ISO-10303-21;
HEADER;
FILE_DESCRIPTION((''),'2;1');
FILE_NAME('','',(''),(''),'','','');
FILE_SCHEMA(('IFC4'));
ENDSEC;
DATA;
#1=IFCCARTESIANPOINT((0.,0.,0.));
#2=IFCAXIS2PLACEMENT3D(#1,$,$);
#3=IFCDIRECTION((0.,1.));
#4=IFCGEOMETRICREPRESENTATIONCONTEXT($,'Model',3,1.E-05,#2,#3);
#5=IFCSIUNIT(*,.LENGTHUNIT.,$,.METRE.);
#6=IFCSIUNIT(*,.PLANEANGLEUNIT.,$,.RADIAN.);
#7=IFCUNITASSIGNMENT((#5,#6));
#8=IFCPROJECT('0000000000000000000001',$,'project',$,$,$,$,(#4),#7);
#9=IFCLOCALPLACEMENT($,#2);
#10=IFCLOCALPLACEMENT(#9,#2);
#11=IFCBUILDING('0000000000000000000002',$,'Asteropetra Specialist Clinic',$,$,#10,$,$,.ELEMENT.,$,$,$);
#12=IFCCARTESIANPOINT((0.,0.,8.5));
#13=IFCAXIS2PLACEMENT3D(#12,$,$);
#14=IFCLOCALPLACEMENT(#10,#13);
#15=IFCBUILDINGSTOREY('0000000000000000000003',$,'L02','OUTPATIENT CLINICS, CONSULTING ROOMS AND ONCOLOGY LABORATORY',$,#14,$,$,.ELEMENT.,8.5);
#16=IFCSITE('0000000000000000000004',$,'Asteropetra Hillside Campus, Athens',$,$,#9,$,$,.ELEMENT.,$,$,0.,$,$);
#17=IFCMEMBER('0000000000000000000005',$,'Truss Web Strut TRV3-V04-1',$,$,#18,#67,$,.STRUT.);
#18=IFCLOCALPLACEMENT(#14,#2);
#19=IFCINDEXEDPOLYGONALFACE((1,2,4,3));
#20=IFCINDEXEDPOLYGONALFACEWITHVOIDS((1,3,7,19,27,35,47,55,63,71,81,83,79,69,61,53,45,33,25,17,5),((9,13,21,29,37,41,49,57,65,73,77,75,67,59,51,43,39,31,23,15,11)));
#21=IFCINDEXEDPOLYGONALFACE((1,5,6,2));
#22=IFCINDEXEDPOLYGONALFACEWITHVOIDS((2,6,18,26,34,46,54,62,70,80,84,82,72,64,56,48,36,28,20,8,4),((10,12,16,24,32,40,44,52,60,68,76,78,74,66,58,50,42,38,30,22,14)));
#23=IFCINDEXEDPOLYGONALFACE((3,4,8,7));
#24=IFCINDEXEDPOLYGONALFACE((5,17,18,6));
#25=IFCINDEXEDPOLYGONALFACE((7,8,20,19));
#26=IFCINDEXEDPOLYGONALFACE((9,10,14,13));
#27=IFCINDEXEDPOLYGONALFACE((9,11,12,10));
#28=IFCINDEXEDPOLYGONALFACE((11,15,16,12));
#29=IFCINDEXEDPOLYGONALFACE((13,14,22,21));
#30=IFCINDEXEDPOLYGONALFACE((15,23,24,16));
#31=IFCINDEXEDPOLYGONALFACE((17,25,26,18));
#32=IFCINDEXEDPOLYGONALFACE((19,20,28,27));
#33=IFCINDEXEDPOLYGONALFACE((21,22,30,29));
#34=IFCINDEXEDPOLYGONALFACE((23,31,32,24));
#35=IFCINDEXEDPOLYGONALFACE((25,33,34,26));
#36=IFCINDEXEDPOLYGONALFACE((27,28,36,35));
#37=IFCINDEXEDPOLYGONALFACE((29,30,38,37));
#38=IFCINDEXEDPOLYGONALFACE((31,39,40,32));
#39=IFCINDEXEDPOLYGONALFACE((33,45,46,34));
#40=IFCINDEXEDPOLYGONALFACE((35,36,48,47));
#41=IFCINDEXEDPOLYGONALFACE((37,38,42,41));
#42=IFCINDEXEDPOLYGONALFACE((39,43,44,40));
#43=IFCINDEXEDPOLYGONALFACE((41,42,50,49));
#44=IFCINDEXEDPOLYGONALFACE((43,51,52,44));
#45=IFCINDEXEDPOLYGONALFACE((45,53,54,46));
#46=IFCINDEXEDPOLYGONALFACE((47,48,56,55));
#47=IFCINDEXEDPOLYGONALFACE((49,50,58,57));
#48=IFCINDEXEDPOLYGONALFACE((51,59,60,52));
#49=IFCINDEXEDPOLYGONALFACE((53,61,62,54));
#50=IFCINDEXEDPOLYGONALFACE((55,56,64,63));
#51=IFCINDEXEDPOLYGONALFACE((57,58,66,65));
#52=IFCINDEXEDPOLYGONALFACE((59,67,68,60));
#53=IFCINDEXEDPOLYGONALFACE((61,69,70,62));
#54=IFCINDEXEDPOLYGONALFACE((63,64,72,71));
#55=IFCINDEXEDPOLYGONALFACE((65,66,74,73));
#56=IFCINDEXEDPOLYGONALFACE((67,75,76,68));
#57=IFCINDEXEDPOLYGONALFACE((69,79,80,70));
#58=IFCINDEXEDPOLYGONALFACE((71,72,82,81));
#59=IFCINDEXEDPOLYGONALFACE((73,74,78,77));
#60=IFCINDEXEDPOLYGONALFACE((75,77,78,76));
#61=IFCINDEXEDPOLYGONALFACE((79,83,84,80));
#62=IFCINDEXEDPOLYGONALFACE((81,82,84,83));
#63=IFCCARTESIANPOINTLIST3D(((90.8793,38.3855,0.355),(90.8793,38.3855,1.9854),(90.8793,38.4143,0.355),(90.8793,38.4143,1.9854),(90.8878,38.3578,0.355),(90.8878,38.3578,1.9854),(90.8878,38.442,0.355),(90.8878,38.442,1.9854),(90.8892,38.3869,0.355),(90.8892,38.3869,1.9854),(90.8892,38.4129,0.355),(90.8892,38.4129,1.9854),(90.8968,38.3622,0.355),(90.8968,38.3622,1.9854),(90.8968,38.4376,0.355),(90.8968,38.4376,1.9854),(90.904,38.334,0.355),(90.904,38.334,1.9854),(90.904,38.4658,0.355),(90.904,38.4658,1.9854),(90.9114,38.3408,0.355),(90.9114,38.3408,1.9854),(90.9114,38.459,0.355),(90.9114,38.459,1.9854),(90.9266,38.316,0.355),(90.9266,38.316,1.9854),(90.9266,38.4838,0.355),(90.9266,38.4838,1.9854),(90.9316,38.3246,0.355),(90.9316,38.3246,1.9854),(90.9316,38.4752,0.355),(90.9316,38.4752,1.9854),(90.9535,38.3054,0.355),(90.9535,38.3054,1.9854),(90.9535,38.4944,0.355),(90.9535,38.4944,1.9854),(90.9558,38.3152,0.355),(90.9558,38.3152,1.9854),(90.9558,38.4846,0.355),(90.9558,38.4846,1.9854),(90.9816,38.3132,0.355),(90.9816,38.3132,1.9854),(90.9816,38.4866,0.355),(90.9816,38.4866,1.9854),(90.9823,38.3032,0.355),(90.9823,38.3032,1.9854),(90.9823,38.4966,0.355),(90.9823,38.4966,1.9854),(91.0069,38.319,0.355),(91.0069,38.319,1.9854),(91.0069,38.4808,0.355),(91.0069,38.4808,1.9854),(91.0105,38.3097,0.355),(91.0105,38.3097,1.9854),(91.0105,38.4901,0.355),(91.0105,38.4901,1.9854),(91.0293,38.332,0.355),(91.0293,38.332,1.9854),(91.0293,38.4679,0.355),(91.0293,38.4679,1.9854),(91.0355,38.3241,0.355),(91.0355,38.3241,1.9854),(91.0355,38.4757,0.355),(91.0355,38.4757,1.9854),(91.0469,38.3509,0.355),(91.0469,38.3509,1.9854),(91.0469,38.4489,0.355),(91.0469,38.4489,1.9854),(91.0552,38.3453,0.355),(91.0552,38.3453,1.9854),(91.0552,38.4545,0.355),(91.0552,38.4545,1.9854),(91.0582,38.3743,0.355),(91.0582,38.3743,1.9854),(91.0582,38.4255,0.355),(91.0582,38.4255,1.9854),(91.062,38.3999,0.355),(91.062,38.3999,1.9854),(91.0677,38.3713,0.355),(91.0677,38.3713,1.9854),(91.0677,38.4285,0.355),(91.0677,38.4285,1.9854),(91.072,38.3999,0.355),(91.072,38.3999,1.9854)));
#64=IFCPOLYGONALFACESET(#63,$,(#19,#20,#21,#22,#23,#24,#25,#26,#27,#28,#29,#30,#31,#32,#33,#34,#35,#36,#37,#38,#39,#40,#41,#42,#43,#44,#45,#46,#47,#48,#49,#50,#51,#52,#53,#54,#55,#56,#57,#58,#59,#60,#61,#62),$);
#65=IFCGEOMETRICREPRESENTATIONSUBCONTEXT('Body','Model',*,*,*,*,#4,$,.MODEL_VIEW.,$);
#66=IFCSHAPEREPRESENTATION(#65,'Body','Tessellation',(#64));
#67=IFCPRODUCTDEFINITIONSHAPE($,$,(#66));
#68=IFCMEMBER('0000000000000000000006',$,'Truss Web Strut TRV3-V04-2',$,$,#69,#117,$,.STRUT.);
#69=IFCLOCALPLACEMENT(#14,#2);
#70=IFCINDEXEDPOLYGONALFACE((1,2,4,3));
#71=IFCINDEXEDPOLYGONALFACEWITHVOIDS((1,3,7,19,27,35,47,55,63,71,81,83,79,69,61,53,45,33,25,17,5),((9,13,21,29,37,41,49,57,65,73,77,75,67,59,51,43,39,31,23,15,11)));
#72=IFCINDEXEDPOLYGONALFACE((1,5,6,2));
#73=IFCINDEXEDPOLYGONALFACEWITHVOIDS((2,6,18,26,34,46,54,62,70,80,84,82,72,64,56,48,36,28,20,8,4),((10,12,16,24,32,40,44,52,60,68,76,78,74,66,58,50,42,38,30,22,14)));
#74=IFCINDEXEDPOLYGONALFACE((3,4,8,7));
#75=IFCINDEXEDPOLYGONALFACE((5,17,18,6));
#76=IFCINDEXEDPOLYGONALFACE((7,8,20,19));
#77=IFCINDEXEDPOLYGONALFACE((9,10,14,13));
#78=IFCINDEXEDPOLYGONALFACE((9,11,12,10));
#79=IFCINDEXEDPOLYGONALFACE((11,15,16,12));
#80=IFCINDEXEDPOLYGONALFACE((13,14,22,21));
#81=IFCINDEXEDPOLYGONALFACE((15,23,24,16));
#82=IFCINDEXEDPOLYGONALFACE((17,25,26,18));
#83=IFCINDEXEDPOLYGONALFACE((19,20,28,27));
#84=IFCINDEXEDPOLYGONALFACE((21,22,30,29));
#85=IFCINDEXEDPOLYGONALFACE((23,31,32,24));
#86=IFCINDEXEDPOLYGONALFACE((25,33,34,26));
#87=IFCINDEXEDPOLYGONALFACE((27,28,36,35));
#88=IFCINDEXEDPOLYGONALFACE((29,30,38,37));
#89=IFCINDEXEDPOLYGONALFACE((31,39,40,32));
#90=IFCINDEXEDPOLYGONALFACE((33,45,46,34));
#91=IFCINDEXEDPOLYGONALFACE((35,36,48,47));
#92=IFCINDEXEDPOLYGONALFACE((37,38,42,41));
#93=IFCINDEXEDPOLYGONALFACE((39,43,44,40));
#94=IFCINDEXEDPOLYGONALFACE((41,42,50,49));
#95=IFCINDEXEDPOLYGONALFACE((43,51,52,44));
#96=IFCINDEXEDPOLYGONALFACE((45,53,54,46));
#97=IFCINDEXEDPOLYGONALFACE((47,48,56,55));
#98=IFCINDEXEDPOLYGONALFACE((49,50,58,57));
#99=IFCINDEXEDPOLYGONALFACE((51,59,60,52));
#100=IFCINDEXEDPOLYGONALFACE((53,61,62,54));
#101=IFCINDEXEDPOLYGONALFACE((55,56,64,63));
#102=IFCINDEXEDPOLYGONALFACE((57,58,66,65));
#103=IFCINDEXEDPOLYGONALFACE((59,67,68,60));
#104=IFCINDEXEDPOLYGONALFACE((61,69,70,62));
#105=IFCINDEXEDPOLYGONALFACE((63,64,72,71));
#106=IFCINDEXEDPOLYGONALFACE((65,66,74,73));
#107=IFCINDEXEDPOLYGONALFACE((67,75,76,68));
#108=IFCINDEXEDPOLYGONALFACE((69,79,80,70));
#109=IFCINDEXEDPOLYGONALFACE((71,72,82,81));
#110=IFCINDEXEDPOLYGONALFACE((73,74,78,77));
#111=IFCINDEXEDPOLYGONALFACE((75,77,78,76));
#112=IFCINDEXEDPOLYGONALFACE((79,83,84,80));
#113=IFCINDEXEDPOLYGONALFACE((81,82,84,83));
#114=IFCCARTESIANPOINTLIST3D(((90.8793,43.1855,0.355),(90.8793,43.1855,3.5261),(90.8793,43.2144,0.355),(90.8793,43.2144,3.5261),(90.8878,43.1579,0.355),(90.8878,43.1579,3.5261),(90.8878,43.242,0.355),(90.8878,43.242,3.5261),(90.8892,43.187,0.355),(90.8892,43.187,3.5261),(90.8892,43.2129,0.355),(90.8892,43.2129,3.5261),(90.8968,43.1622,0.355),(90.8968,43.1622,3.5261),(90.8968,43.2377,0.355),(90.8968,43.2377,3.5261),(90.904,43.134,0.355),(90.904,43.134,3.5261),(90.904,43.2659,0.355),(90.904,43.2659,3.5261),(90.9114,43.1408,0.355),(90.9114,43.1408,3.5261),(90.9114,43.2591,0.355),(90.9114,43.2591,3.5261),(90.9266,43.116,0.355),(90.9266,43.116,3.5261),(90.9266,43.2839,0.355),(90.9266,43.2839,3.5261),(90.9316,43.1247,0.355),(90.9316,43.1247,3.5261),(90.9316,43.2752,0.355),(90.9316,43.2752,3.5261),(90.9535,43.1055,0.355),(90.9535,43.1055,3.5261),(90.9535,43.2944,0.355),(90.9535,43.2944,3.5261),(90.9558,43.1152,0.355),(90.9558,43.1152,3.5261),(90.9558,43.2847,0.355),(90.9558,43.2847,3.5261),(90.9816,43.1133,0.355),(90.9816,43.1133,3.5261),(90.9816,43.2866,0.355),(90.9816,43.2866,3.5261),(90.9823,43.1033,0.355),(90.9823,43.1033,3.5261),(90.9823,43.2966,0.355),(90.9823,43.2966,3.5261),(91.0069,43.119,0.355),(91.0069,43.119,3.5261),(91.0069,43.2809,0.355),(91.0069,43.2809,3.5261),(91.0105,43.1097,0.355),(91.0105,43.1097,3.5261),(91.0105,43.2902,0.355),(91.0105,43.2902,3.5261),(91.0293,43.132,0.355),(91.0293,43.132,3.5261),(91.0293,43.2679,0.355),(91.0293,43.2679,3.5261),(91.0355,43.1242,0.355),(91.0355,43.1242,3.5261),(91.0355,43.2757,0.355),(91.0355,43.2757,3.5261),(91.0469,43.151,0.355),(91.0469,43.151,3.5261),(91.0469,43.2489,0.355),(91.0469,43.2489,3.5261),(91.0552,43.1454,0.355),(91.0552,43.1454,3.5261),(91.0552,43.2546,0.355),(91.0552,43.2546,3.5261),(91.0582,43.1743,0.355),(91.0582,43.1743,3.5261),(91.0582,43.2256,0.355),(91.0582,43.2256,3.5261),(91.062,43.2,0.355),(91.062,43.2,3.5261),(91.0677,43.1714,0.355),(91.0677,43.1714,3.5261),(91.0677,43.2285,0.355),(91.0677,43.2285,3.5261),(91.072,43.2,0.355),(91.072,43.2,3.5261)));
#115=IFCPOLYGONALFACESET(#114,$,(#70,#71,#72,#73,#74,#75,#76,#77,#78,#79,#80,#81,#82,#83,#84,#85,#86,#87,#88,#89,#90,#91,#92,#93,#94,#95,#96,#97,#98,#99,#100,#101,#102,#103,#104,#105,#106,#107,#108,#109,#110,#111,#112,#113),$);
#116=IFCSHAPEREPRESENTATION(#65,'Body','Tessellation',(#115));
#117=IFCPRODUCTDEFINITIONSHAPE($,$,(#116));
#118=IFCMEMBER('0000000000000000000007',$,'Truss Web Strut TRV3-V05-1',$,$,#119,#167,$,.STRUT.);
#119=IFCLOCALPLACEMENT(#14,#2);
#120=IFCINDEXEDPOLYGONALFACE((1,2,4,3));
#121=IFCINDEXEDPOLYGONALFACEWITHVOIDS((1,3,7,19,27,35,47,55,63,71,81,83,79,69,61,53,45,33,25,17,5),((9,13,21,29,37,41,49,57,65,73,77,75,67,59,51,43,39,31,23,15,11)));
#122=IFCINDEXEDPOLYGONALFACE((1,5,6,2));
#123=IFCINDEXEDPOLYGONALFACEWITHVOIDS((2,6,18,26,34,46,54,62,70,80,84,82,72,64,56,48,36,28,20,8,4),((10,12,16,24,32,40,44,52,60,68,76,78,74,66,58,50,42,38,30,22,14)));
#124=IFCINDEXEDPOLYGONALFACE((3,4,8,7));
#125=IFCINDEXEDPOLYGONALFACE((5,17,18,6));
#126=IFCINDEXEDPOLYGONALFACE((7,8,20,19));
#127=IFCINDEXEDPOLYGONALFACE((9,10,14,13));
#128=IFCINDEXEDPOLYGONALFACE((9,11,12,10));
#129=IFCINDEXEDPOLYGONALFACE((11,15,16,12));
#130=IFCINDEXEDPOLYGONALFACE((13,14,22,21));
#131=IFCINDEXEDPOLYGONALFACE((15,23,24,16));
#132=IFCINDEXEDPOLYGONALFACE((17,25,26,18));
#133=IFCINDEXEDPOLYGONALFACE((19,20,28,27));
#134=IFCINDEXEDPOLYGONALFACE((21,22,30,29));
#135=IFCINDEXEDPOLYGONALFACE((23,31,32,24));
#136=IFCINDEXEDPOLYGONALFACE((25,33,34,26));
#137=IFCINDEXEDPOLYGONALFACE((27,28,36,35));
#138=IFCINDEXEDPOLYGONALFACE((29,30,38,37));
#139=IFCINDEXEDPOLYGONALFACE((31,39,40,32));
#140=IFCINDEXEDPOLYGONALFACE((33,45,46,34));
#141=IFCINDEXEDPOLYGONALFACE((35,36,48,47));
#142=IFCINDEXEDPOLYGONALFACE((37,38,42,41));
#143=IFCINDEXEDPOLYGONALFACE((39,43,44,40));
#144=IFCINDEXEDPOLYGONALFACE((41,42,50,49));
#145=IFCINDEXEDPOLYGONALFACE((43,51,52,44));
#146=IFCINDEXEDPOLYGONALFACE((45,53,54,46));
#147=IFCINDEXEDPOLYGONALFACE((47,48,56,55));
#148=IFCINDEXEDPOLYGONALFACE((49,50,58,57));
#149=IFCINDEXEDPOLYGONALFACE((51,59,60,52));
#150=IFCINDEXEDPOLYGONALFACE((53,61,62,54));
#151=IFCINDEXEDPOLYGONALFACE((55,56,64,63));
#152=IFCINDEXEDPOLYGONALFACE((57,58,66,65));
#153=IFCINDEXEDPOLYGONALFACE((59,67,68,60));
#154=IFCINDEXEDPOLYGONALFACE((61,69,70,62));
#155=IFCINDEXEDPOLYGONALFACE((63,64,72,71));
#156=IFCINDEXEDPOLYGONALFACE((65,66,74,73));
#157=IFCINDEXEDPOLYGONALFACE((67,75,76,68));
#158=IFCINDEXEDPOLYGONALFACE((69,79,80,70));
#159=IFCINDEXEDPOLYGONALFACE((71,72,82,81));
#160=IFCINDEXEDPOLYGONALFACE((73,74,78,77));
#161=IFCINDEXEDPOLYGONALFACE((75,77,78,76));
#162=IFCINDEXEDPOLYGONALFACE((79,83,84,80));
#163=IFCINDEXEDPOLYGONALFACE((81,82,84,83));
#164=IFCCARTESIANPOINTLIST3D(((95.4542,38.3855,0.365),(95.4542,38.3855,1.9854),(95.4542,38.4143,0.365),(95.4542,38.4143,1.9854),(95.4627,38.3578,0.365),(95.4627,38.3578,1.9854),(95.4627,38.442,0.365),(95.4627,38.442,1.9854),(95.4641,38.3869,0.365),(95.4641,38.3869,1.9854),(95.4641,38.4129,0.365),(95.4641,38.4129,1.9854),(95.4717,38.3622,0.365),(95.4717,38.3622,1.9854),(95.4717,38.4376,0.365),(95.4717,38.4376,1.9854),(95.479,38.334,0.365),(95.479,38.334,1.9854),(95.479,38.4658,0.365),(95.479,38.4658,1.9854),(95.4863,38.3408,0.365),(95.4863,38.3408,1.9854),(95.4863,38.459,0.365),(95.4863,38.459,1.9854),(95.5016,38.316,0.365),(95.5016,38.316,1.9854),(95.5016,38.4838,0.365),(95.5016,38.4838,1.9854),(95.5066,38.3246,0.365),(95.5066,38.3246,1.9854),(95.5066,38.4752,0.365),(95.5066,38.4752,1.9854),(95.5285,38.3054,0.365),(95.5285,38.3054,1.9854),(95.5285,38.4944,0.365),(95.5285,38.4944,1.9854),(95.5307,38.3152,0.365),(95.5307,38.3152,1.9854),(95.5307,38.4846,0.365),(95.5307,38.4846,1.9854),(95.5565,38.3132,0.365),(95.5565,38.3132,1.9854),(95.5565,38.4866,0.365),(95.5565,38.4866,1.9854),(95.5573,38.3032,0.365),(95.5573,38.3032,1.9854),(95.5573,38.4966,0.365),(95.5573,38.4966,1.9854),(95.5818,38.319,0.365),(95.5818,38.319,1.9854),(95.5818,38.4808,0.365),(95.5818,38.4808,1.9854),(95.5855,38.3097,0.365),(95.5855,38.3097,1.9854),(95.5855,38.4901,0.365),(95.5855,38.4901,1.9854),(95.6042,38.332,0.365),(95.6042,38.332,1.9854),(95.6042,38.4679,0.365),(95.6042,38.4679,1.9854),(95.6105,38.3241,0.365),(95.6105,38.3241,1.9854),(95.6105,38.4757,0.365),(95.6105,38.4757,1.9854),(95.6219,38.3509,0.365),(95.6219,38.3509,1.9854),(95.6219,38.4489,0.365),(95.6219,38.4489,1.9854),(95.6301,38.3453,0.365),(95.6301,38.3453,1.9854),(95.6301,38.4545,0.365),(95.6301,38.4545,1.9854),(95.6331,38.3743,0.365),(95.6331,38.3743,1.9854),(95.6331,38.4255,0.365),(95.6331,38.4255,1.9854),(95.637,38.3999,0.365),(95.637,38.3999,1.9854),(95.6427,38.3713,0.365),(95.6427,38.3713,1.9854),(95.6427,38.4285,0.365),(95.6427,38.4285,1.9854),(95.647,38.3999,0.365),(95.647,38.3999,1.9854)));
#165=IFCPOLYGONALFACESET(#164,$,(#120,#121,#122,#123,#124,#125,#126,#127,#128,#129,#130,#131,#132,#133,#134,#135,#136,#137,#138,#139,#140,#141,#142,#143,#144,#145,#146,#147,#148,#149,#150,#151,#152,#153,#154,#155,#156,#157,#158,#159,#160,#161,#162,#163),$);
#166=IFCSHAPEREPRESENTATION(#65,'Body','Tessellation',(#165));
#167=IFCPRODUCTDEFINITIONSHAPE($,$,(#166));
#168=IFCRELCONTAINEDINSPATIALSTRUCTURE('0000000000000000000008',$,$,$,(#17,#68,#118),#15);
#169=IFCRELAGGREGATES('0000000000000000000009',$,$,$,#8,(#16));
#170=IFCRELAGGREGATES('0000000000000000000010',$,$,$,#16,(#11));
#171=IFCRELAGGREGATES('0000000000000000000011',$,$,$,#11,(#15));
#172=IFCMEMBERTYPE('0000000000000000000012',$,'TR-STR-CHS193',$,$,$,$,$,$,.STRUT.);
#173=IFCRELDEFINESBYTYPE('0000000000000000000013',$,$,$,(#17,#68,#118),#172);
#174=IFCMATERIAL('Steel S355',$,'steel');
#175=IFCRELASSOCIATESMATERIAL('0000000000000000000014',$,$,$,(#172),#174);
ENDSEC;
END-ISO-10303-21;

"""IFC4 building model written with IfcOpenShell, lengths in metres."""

from ifc_helpers import new_model, si_unit, direction, frame, origin, origin_2d, place, context, subcontext, project, spatial, hollow_circle, extrude, material, material_profile, profile_set, type_object, element, save


model = new_model("IFC4")

# Units and contexts
model_context = context("Model", 3, precision=1e-05, world=origin(), true_north=direction((0.0, 1.0)))
body_context = subcontext(model_context, "Body", "Model", "MODEL_VIEW")
ifc_project = project(units=[si_unit("LENGTHUNIT", "METRE"), si_unit("PLANEANGLEUNIT", "RADIAN")], contexts=[model_context])

# Site, building, storey
site_placement = place(None, origin())
site = spatial("IfcSite", under=ifc_project, at=site_placement, Name="Asteropetra Hillside Campus, Athens", CompositionType="ELEMENT", RefElevation=0.0)
building_placement = place(site_placement, origin())
building = spatial("IfcBuilding", under=site, at=building_placement, Name="Asteropetra Specialist Clinic", CompositionType="ELEMENT")
storey_placement = place(building_placement, frame((0.0, 0.0, 8.5)))
storey = spatial("IfcBuildingStorey", under=building, at=storey_placement, Name="L02", Description="OUTPATIENT CLINICS, CONSULTING ROOMS AND ONCOLOGY LABORATORY", CompositionType="ELEMENT", Elevation=8.5)

# Members
ifc_material_1 = material(Name="Steel S355", Category="steel")
ifc_material_profile_1 = material_profile(ifc_material_1, hollow_circle(Radius=0.0969, WallThickness=0.01, at=origin_2d()), Name="CHS 193.7x10.0")
ifc_profile_set_1 = profile_set([ifc_material_profile_1], Name="Steel S355")
member_type_1 = type_object("IfcMemberType", Name="TR-STR-CHS193", PredefinedType="STRUT", material=ifc_profile_set_1)
member_1_placement = place(storey_placement, frame((90.9751, 38.3999, 0.355), z_axis=(0.0, 0.0, 1.0), x_axis=(1.0, 0.0, 0.0)))
element("IfcMember", 1, at=member_1_placement, inside=storey, type_object=member_type_1, Name="Truss Web Strut TRV3-V04-1", PredefinedType="STRUT", context=body_context, shape_type="SweptSolid", body=[
    extrude(hollow_circle(Radius=0.0969, WallThickness=0.01, at=origin_2d()), origin(), (0.0, 0.0, 1.0), 1.6304),
])
member_2_placement = place(storey_placement, frame((90.9751, 43.2, 0.355), z_axis=(0.0, 0.0, 1.0), x_axis=(1.0, 0.0, 0.0)))
element("IfcMember", 2, at=member_2_placement, inside=storey, type_object=member_type_1, Name="Truss Web Strut TRV3-V04-2", PredefinedType="STRUT", context=body_context, shape_type="SweptSolid", body=[
    extrude(hollow_circle(Radius=0.0969, WallThickness=0.01, at=origin_2d()), origin(), (0.0, 0.0, 1.0), 3.1711),
])
member_3_placement = place(storey_placement, frame((95.55, 38.3999, 0.365), z_axis=(0.0, 0.0, 1.0), x_axis=(1.0, 0.0, 0.0)))
element("IfcMember", 3, at=member_3_placement, inside=storey, type_object=member_type_1, Name="Truss Web Strut TRV3-V05-1", PredefinedType="STRUT", context=body_context, shape_type="SweptSolid", body=[
    extrude(hollow_circle(Radius=0.0969, WallThickness=0.01, at=origin_2d()), origin(), (0.0, 0.0, 1.0), 1.6204),
])

save(model, "model.ifc")
